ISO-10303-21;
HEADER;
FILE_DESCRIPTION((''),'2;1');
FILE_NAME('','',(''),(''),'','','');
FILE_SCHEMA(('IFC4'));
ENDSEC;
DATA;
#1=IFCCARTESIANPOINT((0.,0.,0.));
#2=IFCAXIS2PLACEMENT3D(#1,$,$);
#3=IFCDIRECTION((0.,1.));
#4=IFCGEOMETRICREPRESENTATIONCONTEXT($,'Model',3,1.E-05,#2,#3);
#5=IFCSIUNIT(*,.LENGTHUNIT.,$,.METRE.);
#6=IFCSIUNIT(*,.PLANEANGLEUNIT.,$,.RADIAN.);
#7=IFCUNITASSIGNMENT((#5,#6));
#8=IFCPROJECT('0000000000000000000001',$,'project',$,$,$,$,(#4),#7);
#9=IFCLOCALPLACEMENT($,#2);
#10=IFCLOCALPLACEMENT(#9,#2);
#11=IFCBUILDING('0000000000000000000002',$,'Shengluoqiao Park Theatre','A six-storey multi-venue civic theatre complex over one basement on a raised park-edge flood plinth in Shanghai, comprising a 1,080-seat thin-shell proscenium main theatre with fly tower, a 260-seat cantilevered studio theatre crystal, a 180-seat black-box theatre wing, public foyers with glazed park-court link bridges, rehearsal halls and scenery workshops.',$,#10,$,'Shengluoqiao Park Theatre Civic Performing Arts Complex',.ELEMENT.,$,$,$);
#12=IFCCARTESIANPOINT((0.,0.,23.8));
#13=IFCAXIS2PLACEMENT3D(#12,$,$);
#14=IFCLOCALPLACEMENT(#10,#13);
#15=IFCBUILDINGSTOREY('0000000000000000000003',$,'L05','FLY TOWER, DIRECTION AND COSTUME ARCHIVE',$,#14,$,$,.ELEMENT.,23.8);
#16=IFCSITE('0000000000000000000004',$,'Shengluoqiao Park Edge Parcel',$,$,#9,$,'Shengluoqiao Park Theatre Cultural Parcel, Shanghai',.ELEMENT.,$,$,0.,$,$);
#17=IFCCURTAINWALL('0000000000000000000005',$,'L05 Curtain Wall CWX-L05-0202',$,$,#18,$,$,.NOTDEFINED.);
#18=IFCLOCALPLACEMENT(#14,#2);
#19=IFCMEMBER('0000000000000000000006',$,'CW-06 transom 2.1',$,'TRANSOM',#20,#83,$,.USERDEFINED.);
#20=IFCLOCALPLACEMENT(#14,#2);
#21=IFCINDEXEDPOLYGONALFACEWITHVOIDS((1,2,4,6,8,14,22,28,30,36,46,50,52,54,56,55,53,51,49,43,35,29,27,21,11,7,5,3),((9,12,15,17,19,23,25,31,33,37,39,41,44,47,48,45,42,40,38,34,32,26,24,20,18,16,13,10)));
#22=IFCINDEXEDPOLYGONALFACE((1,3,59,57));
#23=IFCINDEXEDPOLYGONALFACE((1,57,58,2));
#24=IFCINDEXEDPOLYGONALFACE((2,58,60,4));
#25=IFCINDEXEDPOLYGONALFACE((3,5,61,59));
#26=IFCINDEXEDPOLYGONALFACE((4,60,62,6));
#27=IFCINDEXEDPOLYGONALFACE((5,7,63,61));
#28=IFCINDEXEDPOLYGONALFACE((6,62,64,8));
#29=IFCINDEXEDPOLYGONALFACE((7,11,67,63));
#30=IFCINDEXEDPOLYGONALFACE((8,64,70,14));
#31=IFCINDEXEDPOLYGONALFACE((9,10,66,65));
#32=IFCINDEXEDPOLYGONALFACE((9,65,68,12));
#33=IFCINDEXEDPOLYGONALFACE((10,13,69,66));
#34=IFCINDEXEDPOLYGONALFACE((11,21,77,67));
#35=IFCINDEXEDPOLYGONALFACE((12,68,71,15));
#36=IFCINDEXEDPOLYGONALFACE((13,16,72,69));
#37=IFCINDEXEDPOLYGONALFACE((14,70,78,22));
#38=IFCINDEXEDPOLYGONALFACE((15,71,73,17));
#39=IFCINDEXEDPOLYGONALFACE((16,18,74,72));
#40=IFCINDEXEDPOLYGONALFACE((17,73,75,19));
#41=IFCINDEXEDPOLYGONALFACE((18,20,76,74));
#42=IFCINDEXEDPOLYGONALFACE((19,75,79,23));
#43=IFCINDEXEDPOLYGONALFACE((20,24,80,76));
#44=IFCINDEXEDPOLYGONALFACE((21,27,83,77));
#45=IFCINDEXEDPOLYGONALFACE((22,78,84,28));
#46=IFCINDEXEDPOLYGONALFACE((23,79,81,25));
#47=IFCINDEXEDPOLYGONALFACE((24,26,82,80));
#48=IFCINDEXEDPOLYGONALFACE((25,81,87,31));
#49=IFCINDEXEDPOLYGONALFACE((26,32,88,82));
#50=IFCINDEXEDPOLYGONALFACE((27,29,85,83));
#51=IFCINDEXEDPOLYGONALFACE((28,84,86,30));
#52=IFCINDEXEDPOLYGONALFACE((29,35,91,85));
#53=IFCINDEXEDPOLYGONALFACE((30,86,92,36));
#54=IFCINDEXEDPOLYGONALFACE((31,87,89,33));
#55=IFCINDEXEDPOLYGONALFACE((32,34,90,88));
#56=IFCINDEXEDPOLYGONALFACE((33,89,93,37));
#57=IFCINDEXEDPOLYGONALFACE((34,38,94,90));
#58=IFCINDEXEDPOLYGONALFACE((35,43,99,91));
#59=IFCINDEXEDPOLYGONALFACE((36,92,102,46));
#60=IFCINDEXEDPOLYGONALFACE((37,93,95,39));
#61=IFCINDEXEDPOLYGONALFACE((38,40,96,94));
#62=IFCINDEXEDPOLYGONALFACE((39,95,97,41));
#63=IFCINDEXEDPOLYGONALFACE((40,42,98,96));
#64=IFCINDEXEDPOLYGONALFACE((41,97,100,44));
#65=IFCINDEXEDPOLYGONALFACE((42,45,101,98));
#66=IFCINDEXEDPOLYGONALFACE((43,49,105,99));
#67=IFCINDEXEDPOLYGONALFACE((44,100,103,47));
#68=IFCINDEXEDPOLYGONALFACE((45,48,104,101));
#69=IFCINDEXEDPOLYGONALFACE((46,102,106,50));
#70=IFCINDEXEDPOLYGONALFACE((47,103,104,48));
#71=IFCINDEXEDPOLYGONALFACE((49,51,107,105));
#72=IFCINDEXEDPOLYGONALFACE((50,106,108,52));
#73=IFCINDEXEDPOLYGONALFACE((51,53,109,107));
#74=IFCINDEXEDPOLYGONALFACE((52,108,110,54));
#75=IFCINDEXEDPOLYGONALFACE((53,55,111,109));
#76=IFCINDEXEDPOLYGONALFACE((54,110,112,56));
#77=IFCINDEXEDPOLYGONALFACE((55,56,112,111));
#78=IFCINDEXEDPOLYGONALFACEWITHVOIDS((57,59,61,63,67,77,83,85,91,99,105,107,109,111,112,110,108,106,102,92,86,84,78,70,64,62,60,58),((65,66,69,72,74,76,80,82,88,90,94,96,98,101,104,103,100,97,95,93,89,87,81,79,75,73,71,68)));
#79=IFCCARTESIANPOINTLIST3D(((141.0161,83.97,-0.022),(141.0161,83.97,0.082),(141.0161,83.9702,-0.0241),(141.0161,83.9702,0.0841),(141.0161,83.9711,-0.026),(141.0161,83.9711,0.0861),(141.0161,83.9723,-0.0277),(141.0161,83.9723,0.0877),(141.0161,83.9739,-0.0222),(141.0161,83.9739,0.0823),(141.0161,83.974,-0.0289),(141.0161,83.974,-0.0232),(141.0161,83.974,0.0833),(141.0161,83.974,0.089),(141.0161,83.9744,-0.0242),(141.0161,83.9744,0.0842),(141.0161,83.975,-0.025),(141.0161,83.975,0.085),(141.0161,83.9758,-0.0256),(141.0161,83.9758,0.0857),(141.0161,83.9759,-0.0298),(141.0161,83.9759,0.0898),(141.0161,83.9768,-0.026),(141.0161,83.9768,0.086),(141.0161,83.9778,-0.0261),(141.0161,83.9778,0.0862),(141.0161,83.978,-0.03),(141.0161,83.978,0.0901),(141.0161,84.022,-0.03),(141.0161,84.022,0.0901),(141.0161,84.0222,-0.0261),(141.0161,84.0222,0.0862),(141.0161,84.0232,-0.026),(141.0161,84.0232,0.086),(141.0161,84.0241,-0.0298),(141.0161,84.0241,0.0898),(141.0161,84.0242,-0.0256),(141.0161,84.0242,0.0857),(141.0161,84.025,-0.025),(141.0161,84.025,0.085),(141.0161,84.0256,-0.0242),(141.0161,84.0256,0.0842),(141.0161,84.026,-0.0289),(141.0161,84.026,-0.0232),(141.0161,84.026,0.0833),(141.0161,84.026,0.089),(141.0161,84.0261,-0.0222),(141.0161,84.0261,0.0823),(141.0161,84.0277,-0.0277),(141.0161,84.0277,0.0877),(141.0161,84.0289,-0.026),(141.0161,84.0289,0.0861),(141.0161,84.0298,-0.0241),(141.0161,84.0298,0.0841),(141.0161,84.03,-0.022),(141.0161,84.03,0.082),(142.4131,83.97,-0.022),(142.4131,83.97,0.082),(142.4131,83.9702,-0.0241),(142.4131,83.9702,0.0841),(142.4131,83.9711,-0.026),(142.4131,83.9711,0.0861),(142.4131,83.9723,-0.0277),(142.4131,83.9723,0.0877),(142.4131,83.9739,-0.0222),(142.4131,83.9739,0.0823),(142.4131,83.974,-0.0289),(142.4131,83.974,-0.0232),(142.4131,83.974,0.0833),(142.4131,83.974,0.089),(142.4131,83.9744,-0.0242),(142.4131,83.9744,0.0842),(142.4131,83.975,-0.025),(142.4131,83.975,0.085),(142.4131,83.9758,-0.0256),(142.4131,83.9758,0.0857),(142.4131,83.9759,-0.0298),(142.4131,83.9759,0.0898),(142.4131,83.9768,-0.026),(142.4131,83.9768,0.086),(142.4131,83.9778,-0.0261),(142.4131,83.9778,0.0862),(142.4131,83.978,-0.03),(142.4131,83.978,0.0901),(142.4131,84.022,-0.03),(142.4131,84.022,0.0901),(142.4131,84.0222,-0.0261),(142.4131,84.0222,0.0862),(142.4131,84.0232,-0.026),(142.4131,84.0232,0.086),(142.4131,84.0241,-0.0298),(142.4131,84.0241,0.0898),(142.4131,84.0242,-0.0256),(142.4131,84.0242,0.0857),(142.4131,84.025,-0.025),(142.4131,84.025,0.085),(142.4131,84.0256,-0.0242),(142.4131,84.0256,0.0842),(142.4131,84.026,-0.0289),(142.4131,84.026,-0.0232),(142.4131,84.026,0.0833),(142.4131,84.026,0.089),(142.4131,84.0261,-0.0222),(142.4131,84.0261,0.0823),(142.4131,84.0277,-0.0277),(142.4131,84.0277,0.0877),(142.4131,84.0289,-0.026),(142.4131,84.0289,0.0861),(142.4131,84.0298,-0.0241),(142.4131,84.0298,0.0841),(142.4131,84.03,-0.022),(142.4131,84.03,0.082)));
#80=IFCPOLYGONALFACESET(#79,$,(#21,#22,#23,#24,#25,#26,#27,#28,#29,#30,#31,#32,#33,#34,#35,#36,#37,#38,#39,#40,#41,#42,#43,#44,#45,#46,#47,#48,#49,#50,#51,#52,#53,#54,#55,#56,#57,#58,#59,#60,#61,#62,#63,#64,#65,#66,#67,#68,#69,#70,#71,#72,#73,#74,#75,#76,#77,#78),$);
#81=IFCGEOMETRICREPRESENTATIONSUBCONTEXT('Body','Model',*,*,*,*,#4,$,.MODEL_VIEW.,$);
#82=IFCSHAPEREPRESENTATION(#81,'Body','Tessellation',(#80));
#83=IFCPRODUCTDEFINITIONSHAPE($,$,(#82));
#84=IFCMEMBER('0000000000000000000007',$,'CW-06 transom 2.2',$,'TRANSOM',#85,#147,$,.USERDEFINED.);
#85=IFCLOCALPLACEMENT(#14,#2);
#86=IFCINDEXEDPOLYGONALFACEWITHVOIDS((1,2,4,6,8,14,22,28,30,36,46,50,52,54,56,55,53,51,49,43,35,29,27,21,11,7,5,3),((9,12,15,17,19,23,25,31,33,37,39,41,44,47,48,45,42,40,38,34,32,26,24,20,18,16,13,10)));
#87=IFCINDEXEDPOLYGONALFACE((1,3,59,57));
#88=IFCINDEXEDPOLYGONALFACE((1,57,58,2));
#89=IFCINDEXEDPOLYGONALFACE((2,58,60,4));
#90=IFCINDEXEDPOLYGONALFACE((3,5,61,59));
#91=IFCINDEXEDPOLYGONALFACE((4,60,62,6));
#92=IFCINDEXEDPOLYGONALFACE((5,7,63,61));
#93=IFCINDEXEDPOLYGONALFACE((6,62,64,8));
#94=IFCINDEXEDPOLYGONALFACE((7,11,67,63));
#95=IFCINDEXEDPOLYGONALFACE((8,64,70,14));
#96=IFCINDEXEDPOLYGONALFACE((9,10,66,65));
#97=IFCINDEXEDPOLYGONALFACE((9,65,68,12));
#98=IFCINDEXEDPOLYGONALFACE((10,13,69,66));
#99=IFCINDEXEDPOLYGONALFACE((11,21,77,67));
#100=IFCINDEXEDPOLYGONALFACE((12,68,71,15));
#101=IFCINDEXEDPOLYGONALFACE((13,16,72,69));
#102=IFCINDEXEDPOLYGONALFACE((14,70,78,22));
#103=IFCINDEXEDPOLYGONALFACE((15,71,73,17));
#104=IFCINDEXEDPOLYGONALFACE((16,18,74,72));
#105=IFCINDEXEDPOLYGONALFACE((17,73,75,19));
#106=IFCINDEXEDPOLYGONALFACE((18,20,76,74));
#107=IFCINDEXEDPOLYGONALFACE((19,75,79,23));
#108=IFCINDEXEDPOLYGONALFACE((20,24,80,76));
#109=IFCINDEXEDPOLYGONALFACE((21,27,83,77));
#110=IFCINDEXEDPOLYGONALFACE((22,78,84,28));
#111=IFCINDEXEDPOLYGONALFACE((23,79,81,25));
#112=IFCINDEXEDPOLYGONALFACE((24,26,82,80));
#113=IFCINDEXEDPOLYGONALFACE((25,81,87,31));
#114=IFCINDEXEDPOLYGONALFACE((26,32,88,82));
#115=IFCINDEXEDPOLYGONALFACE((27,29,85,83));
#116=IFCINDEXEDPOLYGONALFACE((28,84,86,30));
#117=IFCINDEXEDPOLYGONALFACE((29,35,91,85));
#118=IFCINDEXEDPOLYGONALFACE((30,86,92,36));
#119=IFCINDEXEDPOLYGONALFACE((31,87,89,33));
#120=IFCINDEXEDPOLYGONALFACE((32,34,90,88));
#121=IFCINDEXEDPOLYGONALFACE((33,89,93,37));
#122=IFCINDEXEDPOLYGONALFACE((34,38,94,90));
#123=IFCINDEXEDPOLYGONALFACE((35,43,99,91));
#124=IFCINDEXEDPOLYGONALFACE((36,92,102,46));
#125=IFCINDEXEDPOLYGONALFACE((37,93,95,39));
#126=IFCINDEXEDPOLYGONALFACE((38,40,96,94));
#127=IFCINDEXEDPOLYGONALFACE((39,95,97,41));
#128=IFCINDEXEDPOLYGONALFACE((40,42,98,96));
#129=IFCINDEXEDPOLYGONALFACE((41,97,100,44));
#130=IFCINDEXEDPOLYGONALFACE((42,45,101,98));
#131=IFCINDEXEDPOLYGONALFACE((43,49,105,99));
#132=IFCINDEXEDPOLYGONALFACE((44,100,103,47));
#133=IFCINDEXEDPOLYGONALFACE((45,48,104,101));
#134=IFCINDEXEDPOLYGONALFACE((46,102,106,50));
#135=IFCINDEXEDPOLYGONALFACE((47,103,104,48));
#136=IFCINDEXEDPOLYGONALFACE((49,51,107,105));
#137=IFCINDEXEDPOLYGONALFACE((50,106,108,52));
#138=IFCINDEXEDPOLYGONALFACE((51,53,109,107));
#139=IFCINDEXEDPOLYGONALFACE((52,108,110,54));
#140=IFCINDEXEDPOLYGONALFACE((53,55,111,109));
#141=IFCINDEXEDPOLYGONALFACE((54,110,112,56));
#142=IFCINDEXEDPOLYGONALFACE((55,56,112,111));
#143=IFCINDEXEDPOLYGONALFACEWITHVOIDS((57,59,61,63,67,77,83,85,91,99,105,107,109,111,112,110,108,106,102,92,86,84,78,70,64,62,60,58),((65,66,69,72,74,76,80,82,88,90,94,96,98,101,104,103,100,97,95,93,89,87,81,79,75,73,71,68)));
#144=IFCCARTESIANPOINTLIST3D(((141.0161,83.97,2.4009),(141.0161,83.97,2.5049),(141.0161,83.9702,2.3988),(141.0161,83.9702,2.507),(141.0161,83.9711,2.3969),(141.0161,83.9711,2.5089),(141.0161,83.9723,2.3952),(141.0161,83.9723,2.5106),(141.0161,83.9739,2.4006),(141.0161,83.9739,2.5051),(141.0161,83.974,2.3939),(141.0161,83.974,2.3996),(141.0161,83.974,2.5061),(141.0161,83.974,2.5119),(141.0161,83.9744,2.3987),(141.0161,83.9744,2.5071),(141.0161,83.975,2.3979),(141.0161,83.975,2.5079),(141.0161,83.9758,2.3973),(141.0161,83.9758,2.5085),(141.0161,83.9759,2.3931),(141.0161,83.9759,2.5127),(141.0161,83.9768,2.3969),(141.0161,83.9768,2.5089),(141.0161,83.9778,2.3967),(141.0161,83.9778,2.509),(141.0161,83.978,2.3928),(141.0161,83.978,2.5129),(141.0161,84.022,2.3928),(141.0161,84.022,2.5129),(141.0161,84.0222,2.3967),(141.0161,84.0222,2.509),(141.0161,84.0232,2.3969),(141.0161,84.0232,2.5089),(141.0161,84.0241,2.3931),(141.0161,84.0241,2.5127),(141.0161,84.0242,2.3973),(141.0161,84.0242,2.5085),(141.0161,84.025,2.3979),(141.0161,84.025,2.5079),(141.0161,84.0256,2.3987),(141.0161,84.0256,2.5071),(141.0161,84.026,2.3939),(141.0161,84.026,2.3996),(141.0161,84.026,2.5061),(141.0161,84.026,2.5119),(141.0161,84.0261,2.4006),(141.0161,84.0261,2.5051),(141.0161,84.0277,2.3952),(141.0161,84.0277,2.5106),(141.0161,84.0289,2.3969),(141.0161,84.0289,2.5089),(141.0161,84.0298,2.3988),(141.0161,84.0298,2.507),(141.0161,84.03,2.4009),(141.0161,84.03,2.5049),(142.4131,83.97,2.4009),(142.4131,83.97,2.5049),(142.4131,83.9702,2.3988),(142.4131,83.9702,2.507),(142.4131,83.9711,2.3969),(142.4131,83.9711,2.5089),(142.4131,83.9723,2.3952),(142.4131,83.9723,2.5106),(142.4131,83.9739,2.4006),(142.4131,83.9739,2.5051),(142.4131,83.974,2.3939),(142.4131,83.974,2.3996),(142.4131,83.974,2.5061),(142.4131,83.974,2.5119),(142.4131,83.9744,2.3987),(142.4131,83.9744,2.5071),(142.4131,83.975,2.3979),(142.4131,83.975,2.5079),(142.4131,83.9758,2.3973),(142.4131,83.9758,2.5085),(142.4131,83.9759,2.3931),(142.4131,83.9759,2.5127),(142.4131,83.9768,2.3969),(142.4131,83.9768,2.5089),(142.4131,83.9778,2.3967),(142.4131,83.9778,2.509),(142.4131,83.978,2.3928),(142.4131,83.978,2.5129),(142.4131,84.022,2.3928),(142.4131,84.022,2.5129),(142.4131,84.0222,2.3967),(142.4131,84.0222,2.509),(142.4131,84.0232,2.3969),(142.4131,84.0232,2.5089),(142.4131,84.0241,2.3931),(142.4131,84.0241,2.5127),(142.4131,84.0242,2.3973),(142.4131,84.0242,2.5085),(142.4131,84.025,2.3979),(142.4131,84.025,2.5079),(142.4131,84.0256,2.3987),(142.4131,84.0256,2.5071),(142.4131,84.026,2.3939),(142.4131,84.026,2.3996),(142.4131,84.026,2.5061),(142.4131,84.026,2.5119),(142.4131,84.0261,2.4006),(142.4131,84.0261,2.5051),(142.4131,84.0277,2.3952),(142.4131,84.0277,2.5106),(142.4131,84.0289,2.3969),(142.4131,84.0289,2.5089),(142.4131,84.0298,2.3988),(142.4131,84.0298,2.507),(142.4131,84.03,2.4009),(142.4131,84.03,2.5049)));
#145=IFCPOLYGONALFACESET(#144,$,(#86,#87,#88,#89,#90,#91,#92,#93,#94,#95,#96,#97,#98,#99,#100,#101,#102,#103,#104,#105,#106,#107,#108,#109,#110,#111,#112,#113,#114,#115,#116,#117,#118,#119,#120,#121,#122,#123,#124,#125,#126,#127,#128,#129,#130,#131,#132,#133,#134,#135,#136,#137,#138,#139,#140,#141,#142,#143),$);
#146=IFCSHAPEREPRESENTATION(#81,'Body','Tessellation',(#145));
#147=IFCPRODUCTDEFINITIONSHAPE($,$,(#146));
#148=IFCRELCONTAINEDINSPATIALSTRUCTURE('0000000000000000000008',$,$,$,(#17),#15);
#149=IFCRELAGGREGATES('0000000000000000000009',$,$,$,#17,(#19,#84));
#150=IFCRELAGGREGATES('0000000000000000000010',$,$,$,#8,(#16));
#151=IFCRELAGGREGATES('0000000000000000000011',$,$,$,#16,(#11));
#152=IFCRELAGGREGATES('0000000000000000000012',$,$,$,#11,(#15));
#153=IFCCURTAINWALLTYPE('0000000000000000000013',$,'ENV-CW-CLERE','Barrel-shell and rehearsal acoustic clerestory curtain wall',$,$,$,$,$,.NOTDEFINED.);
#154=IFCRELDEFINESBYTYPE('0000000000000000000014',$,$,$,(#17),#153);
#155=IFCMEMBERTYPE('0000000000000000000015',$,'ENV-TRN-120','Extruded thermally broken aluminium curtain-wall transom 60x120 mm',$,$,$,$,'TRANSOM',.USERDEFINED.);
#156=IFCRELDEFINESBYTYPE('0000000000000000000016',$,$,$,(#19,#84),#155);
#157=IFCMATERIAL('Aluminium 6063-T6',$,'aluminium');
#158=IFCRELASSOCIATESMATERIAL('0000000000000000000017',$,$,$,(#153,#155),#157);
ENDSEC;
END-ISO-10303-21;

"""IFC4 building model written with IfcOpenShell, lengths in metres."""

from ifc_helpers import new_model, si_unit, direction, frame, origin, origin_2d, place, context, subcontext, project, spatial, hollow_rectangle, extrude, material, material_profile, profile_set, type_object, element, aggregate, save


model = new_model("IFC4")

# Units and contexts
model_context = context("Model", 3, precision=1e-05, world=origin(), true_north=direction((0.0, 1.0)))
body_context = subcontext(model_context, "Body", "Model", "MODEL_VIEW")
ifc_project = project(units=[si_unit("LENGTHUNIT", "METRE"), si_unit("PLANEANGLEUNIT", "RADIAN")], contexts=[model_context])

# Site, building, storey
site_placement = place(None, origin())
site = spatial("IfcSite", under=ifc_project, at=site_placement, Name="Shengluoqiao Park Edge Parcel", LongName="Shengluoqiao Park Theatre Cultural Parcel, Shanghai", CompositionType="ELEMENT", RefElevation=0.0)
building_placement = place(site_placement, origin())
building = spatial("IfcBuilding", under=site, at=building_placement, Name="Shengluoqiao Park Theatre", Description="A six-storey multi-venue civic theatre complex over one basement on a raised park-edge flood plinth in Shanghai, comprising a 1,080-seat thin-shell proscenium main theatre with fly tower, a 260-seat cantilevered studio theatre crystal, a 180-seat black-box theatre wing, public foyers with glazed park-court link bridges, rehearsal halls and scenery workshops.", LongName="Shengluoqiao Park Theatre Civic Performing Arts Complex", CompositionType="ELEMENT")
storey_placement = place(building_placement, frame((0.0, 0.0, 23.8)))
storey = spatial("IfcBuildingStorey", under=building, at=storey_placement, Name="L05", Description="FLY TOWER, DIRECTION AND COSTUME ARCHIVE", CompositionType="ELEMENT", Elevation=23.8)

# Curtain wall, members
ifc_material_1 = material(Name="Aluminium 6063-T6", Category="aluminium")
curtain_wall_type = type_object("IfcCurtainWallType", Name="ENV-CW-CLERE", Description="Barrel-shell and rehearsal acoustic clerestory curtain wall", PredefinedType="NOTDEFINED", material=ifc_material_1)
curtain_wall_placement = place(storey_placement, origin())
curtain_wall = element("IfcCurtainWall", 1, at=curtain_wall_placement, inside=storey, type_object=curtain_wall_type, Name="L05 Curtain Wall CWX-L05-0202", PredefinedType="NOTDEFINED")
ifc_material_profile_1 = material_profile(ifc_material_1, hollow_rectangle(XDim=0.0601, YDim=0.1201, WallThickness=0.0039, InnerFilletRadius=0.0039, OuterFilletRadius=0.0081, at=origin_2d()), Name="ALU TRANSOM 120x60x4")
ifc_profile_set_1 = profile_set([ifc_material_profile_1], Name="Aluminium 6063-T6")
member_type_1 = type_object("IfcMemberType", Name="ENV-TRN-120", Description="Extruded thermally broken aluminium curtain-wall transom 60x120 mm", ElementType="TRANSOM", PredefinedType="USERDEFINED", material=ifc_profile_set_1)
member_1_placement = place(storey_placement, frame((141.0161, 84.0, 0.03), z_axis=(1.0, 0.0, 0.0), x_axis=(0.0, 1.0, 0.0)))
member_1 = element("IfcMember", 2, at=member_1_placement, type_object=member_type_1, Name="CW-06 transom 2.1", ObjectType="TRANSOM", PredefinedType="USERDEFINED", context=body_context, shape_type="SweptSolid", body=[
    extrude(hollow_rectangle(XDim=0.0601, YDim=0.1201, WallThickness=0.0039, InnerFilletRadius=0.0039, OuterFilletRadius=0.0081, at=origin_2d()), origin(), (0.0, 0.0, 1.0), 1.397),
])
member_2_placement = place(storey_placement, frame((141.0161, 84.0, 2.4529), z_axis=(1.0, 0.0, 0.0), x_axis=(0.0, 1.0, 0.0)))
member_2 = element("IfcMember", 3, at=member_2_placement, type_object=member_type_1, Name="CW-06 transom 2.2", ObjectType="TRANSOM", PredefinedType="USERDEFINED", context=body_context, shape_type="SweptSolid", body=[
    extrude(hollow_rectangle(XDim=0.0601, YDim=0.1201, WallThickness=0.0039, InnerFilletRadius=0.0039, OuterFilletRadius=0.0081, at=origin_2d()), origin(), (0.0, 0.0, 1.0), 1.397),
])

aggregate(curtain_wall, [member_1, member_2])

save(model, "model.ifc")
